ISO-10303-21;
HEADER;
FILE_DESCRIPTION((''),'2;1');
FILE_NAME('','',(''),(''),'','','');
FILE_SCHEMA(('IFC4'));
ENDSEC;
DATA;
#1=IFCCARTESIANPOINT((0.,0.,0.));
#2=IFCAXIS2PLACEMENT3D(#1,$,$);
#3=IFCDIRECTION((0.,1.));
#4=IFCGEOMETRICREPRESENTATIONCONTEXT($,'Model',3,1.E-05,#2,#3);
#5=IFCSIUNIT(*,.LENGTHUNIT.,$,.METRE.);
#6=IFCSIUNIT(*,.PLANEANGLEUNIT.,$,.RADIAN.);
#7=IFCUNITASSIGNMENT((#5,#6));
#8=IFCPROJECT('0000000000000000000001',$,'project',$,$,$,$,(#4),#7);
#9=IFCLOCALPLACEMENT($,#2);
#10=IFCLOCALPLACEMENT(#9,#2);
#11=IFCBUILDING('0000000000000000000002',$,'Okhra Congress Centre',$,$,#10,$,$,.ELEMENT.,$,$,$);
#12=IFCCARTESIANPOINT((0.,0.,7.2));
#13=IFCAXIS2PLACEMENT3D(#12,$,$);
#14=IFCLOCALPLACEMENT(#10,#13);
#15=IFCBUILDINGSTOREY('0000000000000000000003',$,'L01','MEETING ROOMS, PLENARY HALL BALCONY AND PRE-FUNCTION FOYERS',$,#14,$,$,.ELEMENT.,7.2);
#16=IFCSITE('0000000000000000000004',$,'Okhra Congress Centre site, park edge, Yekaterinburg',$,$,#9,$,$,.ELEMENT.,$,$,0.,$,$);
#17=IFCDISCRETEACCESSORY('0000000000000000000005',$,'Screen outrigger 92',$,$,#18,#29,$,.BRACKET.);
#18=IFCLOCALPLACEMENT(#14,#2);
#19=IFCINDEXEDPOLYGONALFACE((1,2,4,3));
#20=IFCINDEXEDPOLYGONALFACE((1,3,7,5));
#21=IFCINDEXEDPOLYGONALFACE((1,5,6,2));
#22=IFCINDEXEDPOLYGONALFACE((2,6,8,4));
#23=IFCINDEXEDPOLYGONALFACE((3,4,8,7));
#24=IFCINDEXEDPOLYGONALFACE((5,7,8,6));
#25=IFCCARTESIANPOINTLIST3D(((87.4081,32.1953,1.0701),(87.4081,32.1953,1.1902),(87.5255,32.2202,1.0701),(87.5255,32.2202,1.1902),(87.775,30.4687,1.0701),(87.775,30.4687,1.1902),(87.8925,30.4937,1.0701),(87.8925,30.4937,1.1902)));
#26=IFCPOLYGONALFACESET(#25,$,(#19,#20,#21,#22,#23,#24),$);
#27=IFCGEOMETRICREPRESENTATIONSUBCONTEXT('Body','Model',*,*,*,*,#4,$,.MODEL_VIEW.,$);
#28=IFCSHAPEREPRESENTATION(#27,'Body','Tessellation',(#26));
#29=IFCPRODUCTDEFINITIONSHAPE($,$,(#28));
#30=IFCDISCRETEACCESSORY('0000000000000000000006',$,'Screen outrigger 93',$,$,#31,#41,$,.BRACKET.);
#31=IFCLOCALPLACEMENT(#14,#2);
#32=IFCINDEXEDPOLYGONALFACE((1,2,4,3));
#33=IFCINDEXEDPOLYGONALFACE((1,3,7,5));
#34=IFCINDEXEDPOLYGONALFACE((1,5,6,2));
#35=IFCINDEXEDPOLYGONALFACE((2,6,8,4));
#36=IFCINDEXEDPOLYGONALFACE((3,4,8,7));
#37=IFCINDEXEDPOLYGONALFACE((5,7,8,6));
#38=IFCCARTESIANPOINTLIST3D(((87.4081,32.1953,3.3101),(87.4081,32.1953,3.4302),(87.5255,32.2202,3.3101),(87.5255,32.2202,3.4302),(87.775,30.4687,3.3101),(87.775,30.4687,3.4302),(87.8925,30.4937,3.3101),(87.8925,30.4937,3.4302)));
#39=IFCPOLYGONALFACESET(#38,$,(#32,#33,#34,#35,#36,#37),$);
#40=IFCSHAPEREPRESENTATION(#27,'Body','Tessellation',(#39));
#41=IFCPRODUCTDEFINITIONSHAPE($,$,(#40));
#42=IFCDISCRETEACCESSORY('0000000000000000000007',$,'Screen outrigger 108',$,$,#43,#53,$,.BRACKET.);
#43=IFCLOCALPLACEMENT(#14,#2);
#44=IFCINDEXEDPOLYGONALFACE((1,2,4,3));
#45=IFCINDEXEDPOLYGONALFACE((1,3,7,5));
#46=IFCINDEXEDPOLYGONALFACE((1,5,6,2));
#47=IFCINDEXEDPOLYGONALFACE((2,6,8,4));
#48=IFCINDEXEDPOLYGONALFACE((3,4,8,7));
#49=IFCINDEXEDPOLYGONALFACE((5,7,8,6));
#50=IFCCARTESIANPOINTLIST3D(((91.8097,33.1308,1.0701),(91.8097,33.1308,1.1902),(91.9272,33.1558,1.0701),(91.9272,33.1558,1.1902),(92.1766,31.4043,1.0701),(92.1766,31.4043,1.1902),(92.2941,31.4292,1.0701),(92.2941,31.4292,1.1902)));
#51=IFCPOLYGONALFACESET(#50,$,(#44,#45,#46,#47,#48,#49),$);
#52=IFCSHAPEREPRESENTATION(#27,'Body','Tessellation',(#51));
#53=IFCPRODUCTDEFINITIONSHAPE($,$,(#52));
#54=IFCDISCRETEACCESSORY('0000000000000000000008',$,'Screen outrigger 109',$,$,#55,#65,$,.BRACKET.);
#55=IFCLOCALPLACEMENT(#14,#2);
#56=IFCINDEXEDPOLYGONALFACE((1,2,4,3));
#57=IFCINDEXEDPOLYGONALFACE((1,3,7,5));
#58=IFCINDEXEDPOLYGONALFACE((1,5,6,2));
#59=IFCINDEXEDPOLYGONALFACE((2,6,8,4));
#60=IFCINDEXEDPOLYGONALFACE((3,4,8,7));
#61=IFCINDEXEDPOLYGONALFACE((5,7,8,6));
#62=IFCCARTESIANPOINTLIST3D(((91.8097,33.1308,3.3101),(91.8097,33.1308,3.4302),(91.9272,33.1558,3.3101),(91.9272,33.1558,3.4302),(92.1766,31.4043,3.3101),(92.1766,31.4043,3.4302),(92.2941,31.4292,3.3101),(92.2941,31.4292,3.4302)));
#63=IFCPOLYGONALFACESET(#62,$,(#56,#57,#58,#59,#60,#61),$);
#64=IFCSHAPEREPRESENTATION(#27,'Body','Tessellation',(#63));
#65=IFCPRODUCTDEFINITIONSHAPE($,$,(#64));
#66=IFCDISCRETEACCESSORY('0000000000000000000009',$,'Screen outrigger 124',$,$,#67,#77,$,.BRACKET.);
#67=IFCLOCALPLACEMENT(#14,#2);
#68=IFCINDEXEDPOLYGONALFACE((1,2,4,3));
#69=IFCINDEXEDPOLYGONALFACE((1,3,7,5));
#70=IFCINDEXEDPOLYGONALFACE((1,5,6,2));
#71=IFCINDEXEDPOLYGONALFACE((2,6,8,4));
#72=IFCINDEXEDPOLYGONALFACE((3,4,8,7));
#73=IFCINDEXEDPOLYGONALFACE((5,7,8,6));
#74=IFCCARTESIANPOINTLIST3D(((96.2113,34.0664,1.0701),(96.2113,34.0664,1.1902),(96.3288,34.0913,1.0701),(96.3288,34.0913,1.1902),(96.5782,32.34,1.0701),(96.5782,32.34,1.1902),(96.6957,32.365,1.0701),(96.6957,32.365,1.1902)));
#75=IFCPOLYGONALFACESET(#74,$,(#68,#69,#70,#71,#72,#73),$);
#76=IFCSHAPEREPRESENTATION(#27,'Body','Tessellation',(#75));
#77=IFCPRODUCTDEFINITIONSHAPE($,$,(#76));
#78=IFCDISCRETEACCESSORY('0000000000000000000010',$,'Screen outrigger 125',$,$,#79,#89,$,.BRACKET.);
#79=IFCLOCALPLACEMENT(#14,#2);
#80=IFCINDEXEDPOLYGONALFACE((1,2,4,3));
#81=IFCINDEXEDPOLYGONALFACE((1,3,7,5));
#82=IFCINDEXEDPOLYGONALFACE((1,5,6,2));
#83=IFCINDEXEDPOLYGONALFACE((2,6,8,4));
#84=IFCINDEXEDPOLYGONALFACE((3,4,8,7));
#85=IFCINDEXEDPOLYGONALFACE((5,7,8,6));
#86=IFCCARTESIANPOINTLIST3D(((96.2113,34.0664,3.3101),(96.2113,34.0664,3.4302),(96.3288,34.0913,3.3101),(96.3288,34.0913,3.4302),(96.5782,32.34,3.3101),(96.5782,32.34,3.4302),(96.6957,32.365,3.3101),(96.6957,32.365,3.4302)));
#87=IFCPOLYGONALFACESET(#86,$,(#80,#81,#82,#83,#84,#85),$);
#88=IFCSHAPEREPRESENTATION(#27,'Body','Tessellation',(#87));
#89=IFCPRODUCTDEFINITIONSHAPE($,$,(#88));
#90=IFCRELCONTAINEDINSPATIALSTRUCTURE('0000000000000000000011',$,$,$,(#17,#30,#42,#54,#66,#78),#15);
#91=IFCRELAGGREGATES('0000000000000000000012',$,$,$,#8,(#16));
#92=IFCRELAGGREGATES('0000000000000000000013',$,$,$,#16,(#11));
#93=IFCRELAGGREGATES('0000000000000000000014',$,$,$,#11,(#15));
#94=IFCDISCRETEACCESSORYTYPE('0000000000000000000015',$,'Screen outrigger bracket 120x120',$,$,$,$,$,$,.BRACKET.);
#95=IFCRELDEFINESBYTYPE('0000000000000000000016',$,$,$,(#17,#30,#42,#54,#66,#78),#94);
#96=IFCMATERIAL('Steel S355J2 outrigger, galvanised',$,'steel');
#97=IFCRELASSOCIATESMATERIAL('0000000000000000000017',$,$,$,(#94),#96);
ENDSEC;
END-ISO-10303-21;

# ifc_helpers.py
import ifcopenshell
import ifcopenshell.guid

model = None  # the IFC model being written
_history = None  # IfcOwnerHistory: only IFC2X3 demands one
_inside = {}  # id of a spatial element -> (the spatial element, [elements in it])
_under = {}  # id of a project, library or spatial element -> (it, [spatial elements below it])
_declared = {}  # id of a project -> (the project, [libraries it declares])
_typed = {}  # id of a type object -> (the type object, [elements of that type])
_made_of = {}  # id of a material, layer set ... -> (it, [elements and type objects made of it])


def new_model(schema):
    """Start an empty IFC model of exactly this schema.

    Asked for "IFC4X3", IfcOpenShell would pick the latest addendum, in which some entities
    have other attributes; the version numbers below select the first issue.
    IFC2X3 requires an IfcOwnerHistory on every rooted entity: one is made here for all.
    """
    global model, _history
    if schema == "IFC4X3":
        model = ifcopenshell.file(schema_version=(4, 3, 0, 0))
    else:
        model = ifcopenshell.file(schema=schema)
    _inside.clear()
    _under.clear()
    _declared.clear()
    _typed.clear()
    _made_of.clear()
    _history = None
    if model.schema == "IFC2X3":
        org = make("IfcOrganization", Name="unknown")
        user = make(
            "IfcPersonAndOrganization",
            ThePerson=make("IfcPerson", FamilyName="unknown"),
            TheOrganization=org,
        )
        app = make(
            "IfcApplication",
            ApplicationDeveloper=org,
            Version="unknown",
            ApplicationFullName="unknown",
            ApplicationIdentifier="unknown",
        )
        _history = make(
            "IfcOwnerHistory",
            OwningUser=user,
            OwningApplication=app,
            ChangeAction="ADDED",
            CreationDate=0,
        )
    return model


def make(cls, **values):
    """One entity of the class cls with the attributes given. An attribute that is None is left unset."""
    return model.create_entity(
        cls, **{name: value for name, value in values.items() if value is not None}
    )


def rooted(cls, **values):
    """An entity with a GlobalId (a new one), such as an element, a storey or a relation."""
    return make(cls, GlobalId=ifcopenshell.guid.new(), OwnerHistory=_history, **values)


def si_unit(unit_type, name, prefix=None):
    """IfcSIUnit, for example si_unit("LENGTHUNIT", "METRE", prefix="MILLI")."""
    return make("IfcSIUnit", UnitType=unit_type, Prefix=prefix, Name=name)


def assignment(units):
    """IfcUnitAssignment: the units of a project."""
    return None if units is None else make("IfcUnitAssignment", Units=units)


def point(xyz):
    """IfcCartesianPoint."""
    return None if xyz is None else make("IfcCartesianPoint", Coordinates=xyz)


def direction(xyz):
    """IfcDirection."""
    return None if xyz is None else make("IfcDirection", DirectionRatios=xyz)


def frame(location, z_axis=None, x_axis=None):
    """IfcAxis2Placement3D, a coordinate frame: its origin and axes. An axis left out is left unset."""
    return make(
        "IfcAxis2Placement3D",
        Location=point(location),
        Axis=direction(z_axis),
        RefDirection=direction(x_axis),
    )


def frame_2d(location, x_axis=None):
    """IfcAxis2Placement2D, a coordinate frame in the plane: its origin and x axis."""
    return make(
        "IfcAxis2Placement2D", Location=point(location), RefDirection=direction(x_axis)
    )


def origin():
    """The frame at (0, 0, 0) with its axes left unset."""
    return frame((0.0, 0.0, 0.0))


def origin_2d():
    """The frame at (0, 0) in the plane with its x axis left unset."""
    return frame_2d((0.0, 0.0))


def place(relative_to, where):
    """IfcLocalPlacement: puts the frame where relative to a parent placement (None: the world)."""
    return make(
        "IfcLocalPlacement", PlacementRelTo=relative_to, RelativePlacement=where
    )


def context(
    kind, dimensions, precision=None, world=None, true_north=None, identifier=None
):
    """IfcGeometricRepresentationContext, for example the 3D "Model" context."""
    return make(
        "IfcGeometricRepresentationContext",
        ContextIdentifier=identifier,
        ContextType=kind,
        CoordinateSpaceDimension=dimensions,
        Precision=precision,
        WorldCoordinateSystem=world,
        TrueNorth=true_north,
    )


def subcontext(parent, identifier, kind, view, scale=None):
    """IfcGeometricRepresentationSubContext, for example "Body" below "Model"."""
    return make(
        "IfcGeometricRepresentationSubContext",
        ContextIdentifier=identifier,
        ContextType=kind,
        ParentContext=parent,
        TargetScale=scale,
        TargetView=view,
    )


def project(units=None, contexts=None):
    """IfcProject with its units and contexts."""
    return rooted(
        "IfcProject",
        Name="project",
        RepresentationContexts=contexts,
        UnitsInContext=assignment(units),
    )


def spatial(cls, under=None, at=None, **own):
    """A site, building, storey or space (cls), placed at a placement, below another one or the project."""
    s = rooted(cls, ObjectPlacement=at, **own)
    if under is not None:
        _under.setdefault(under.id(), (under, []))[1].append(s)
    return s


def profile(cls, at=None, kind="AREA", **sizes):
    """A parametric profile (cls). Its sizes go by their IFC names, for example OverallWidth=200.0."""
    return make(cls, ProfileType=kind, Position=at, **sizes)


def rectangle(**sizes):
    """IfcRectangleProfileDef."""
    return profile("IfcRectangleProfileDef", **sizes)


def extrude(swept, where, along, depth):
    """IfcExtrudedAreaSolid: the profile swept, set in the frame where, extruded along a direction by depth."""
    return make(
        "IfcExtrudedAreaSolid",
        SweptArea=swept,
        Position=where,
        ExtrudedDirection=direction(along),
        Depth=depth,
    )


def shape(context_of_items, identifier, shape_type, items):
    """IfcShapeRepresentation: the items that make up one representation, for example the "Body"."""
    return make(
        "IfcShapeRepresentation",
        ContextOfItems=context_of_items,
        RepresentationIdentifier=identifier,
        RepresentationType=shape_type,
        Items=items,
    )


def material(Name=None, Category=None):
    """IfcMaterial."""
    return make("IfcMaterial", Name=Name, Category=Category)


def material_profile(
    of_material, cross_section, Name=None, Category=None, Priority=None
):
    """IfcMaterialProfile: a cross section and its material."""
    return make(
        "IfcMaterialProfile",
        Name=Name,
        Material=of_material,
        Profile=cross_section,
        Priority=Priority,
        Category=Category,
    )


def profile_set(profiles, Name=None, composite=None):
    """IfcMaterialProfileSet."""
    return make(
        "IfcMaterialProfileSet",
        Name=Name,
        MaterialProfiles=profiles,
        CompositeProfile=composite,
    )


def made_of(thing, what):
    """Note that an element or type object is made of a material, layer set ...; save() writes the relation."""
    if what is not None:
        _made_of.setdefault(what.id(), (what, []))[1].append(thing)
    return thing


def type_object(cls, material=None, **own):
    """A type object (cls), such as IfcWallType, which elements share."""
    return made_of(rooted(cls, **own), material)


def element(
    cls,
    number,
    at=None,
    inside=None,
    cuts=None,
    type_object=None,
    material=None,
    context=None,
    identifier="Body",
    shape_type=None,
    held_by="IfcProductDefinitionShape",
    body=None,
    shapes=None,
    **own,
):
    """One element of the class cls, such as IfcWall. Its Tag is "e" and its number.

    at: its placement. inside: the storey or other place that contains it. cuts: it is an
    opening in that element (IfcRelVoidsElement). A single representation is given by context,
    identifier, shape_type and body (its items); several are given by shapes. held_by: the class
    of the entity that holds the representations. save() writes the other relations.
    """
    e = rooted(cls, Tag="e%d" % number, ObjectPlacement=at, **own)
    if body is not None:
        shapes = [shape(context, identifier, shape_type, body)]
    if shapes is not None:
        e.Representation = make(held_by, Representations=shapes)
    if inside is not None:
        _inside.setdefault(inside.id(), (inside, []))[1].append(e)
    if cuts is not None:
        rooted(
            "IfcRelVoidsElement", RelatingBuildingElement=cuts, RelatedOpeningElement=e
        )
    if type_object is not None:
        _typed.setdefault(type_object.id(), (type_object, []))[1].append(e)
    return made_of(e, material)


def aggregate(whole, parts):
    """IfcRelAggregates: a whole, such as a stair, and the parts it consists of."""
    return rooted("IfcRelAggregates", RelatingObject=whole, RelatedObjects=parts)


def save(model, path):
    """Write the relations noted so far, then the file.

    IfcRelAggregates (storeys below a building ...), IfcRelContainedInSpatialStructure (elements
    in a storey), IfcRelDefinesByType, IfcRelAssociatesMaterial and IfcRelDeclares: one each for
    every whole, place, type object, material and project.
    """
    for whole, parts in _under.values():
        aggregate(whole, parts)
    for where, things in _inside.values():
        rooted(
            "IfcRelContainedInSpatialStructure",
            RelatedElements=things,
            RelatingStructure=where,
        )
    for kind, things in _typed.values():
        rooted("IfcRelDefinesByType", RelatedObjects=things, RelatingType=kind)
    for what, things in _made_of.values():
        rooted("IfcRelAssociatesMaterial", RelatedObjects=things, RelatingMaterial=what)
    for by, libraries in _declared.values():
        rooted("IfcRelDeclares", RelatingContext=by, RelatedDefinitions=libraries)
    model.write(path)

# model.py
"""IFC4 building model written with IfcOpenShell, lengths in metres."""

from ifc_helpers import new_model, si_unit, direction, frame, origin, origin_2d, place, context, subcontext, project, spatial, rectangle, extrude, material, material_profile, profile_set, type_object, element, save


model = new_model("IFC4")

# Units and contexts
model_context = context("Model", 3, precision=1e-05, world=origin(), true_north=direction((0.0, 1.0)))
body_context = subcontext(model_context, "Body", "Model", "MODEL_VIEW")
ifc_project = project(units=[si_unit("LENGTHUNIT", "METRE"), si_unit("PLANEANGLEUNIT", "RADIAN")], contexts=[model_context])

# Site, building, storey
site_placement = place(None, origin())
site = spatial("IfcSite", under=ifc_project, at=site_placement, Name="Okhra Congress Centre site, park edge, Yekaterinburg", CompositionType="ELEMENT", RefElevation=0.0)
building_placement = place(site_placement, origin())
building = spatial("IfcBuilding", under=site, at=building_placement, Name="Okhra Congress Centre", CompositionType="ELEMENT")
storey_placement = place(building_placement, frame((0.0, 0.0, 7.2)))
storey = spatial("IfcBuildingStorey", under=building, at=storey_placement, Name="L01", Description="MEETING ROOMS, PLENARY HALL BALCONY AND PRE-FUNCTION FOYERS", CompositionType="ELEMENT", Elevation=7.2)

# Discrete accessories
ifc_material_1 = material(Name="Steel S355J2 outrigger, galvanised", Category="steel")
ifc_material_profile_1 = material_profile(ifc_material_1, rectangle(XDim=0.1201, YDim=0.1201, at=origin_2d()), Name="Screen outrigger bracket 120x120")
ifc_profile_set_1 = profile_set([ifc_material_profile_1], Name="Steel S355J2 outrigger, galvanised")
discrete_accessory_type = type_object("IfcDiscreteAccessoryType", Name="Screen outrigger bracket 120x120", PredefinedType="BRACKET", material=ifc_profile_set_1)
for number, where, z_axis, x_axis, name in (
    (1, (87.4668, 32.2078, 1.1301), (0.207885, -0.978153, 0.0), (0.978153, 0.207885, 0.0), "Screen outrigger 92"),
    (2, (87.4668, 32.2078, 3.3701), (0.207885, -0.978153, 0.0), (0.978153, 0.207885, 0.0), "Screen outrigger 93"),
    (3, (91.8684, 33.1433, 1.1301), (0.207885, -0.978153, 0.0), (0.978153, 0.207885, 0.0), "Screen outrigger 108"),
    (4, (91.8684, 33.1433, 3.3701), (0.207885, -0.978153, 0.0), (0.978153, 0.207885, 0.0), "Screen outrigger 109"),
):
    element("IfcDiscreteAccessory", number, at=place(storey_placement, frame(where, z_axis=z_axis, x_axis=x_axis)), inside=storey, type_object=discrete_accessory_type, Name=name, PredefinedType="BRACKET", context=body_context, shape_type="SweptSolid", body=[
        extrude(rectangle(XDim=0.1201, YDim=0.1201, at=origin_2d()), origin(), (0.0, 0.0, 1.0), 1.7651),
    ])
for number, where, z_axis, x_axis, name in (
    (5, (96.27, 34.0789, 1.1301), (0.207913, -0.978147, 0.0), (0.978147, 0.207913, 0.0), "Screen outrigger 124"),
    (6, (96.27, 34.0789, 3.3701), (0.207913, -0.978147, 0.0), (0.978147, 0.207913, 0.0), "Screen outrigger 125"),
):
    element("IfcDiscreteAccessory", number, at=place(storey_placement, frame(where, z_axis=z_axis, x_axis=x_axis)), inside=storey, type_object=discrete_accessory_type, Name=name, PredefinedType="BRACKET", context=body_context, shape_type="SweptSolid", body=[
        extrude(rectangle(XDim=0.1201, YDim=0.1201, at=origin_2d()), origin(), (0.0, 0.0, 1.0), 1.7649),
    ])

save(model, "model.ifc")
